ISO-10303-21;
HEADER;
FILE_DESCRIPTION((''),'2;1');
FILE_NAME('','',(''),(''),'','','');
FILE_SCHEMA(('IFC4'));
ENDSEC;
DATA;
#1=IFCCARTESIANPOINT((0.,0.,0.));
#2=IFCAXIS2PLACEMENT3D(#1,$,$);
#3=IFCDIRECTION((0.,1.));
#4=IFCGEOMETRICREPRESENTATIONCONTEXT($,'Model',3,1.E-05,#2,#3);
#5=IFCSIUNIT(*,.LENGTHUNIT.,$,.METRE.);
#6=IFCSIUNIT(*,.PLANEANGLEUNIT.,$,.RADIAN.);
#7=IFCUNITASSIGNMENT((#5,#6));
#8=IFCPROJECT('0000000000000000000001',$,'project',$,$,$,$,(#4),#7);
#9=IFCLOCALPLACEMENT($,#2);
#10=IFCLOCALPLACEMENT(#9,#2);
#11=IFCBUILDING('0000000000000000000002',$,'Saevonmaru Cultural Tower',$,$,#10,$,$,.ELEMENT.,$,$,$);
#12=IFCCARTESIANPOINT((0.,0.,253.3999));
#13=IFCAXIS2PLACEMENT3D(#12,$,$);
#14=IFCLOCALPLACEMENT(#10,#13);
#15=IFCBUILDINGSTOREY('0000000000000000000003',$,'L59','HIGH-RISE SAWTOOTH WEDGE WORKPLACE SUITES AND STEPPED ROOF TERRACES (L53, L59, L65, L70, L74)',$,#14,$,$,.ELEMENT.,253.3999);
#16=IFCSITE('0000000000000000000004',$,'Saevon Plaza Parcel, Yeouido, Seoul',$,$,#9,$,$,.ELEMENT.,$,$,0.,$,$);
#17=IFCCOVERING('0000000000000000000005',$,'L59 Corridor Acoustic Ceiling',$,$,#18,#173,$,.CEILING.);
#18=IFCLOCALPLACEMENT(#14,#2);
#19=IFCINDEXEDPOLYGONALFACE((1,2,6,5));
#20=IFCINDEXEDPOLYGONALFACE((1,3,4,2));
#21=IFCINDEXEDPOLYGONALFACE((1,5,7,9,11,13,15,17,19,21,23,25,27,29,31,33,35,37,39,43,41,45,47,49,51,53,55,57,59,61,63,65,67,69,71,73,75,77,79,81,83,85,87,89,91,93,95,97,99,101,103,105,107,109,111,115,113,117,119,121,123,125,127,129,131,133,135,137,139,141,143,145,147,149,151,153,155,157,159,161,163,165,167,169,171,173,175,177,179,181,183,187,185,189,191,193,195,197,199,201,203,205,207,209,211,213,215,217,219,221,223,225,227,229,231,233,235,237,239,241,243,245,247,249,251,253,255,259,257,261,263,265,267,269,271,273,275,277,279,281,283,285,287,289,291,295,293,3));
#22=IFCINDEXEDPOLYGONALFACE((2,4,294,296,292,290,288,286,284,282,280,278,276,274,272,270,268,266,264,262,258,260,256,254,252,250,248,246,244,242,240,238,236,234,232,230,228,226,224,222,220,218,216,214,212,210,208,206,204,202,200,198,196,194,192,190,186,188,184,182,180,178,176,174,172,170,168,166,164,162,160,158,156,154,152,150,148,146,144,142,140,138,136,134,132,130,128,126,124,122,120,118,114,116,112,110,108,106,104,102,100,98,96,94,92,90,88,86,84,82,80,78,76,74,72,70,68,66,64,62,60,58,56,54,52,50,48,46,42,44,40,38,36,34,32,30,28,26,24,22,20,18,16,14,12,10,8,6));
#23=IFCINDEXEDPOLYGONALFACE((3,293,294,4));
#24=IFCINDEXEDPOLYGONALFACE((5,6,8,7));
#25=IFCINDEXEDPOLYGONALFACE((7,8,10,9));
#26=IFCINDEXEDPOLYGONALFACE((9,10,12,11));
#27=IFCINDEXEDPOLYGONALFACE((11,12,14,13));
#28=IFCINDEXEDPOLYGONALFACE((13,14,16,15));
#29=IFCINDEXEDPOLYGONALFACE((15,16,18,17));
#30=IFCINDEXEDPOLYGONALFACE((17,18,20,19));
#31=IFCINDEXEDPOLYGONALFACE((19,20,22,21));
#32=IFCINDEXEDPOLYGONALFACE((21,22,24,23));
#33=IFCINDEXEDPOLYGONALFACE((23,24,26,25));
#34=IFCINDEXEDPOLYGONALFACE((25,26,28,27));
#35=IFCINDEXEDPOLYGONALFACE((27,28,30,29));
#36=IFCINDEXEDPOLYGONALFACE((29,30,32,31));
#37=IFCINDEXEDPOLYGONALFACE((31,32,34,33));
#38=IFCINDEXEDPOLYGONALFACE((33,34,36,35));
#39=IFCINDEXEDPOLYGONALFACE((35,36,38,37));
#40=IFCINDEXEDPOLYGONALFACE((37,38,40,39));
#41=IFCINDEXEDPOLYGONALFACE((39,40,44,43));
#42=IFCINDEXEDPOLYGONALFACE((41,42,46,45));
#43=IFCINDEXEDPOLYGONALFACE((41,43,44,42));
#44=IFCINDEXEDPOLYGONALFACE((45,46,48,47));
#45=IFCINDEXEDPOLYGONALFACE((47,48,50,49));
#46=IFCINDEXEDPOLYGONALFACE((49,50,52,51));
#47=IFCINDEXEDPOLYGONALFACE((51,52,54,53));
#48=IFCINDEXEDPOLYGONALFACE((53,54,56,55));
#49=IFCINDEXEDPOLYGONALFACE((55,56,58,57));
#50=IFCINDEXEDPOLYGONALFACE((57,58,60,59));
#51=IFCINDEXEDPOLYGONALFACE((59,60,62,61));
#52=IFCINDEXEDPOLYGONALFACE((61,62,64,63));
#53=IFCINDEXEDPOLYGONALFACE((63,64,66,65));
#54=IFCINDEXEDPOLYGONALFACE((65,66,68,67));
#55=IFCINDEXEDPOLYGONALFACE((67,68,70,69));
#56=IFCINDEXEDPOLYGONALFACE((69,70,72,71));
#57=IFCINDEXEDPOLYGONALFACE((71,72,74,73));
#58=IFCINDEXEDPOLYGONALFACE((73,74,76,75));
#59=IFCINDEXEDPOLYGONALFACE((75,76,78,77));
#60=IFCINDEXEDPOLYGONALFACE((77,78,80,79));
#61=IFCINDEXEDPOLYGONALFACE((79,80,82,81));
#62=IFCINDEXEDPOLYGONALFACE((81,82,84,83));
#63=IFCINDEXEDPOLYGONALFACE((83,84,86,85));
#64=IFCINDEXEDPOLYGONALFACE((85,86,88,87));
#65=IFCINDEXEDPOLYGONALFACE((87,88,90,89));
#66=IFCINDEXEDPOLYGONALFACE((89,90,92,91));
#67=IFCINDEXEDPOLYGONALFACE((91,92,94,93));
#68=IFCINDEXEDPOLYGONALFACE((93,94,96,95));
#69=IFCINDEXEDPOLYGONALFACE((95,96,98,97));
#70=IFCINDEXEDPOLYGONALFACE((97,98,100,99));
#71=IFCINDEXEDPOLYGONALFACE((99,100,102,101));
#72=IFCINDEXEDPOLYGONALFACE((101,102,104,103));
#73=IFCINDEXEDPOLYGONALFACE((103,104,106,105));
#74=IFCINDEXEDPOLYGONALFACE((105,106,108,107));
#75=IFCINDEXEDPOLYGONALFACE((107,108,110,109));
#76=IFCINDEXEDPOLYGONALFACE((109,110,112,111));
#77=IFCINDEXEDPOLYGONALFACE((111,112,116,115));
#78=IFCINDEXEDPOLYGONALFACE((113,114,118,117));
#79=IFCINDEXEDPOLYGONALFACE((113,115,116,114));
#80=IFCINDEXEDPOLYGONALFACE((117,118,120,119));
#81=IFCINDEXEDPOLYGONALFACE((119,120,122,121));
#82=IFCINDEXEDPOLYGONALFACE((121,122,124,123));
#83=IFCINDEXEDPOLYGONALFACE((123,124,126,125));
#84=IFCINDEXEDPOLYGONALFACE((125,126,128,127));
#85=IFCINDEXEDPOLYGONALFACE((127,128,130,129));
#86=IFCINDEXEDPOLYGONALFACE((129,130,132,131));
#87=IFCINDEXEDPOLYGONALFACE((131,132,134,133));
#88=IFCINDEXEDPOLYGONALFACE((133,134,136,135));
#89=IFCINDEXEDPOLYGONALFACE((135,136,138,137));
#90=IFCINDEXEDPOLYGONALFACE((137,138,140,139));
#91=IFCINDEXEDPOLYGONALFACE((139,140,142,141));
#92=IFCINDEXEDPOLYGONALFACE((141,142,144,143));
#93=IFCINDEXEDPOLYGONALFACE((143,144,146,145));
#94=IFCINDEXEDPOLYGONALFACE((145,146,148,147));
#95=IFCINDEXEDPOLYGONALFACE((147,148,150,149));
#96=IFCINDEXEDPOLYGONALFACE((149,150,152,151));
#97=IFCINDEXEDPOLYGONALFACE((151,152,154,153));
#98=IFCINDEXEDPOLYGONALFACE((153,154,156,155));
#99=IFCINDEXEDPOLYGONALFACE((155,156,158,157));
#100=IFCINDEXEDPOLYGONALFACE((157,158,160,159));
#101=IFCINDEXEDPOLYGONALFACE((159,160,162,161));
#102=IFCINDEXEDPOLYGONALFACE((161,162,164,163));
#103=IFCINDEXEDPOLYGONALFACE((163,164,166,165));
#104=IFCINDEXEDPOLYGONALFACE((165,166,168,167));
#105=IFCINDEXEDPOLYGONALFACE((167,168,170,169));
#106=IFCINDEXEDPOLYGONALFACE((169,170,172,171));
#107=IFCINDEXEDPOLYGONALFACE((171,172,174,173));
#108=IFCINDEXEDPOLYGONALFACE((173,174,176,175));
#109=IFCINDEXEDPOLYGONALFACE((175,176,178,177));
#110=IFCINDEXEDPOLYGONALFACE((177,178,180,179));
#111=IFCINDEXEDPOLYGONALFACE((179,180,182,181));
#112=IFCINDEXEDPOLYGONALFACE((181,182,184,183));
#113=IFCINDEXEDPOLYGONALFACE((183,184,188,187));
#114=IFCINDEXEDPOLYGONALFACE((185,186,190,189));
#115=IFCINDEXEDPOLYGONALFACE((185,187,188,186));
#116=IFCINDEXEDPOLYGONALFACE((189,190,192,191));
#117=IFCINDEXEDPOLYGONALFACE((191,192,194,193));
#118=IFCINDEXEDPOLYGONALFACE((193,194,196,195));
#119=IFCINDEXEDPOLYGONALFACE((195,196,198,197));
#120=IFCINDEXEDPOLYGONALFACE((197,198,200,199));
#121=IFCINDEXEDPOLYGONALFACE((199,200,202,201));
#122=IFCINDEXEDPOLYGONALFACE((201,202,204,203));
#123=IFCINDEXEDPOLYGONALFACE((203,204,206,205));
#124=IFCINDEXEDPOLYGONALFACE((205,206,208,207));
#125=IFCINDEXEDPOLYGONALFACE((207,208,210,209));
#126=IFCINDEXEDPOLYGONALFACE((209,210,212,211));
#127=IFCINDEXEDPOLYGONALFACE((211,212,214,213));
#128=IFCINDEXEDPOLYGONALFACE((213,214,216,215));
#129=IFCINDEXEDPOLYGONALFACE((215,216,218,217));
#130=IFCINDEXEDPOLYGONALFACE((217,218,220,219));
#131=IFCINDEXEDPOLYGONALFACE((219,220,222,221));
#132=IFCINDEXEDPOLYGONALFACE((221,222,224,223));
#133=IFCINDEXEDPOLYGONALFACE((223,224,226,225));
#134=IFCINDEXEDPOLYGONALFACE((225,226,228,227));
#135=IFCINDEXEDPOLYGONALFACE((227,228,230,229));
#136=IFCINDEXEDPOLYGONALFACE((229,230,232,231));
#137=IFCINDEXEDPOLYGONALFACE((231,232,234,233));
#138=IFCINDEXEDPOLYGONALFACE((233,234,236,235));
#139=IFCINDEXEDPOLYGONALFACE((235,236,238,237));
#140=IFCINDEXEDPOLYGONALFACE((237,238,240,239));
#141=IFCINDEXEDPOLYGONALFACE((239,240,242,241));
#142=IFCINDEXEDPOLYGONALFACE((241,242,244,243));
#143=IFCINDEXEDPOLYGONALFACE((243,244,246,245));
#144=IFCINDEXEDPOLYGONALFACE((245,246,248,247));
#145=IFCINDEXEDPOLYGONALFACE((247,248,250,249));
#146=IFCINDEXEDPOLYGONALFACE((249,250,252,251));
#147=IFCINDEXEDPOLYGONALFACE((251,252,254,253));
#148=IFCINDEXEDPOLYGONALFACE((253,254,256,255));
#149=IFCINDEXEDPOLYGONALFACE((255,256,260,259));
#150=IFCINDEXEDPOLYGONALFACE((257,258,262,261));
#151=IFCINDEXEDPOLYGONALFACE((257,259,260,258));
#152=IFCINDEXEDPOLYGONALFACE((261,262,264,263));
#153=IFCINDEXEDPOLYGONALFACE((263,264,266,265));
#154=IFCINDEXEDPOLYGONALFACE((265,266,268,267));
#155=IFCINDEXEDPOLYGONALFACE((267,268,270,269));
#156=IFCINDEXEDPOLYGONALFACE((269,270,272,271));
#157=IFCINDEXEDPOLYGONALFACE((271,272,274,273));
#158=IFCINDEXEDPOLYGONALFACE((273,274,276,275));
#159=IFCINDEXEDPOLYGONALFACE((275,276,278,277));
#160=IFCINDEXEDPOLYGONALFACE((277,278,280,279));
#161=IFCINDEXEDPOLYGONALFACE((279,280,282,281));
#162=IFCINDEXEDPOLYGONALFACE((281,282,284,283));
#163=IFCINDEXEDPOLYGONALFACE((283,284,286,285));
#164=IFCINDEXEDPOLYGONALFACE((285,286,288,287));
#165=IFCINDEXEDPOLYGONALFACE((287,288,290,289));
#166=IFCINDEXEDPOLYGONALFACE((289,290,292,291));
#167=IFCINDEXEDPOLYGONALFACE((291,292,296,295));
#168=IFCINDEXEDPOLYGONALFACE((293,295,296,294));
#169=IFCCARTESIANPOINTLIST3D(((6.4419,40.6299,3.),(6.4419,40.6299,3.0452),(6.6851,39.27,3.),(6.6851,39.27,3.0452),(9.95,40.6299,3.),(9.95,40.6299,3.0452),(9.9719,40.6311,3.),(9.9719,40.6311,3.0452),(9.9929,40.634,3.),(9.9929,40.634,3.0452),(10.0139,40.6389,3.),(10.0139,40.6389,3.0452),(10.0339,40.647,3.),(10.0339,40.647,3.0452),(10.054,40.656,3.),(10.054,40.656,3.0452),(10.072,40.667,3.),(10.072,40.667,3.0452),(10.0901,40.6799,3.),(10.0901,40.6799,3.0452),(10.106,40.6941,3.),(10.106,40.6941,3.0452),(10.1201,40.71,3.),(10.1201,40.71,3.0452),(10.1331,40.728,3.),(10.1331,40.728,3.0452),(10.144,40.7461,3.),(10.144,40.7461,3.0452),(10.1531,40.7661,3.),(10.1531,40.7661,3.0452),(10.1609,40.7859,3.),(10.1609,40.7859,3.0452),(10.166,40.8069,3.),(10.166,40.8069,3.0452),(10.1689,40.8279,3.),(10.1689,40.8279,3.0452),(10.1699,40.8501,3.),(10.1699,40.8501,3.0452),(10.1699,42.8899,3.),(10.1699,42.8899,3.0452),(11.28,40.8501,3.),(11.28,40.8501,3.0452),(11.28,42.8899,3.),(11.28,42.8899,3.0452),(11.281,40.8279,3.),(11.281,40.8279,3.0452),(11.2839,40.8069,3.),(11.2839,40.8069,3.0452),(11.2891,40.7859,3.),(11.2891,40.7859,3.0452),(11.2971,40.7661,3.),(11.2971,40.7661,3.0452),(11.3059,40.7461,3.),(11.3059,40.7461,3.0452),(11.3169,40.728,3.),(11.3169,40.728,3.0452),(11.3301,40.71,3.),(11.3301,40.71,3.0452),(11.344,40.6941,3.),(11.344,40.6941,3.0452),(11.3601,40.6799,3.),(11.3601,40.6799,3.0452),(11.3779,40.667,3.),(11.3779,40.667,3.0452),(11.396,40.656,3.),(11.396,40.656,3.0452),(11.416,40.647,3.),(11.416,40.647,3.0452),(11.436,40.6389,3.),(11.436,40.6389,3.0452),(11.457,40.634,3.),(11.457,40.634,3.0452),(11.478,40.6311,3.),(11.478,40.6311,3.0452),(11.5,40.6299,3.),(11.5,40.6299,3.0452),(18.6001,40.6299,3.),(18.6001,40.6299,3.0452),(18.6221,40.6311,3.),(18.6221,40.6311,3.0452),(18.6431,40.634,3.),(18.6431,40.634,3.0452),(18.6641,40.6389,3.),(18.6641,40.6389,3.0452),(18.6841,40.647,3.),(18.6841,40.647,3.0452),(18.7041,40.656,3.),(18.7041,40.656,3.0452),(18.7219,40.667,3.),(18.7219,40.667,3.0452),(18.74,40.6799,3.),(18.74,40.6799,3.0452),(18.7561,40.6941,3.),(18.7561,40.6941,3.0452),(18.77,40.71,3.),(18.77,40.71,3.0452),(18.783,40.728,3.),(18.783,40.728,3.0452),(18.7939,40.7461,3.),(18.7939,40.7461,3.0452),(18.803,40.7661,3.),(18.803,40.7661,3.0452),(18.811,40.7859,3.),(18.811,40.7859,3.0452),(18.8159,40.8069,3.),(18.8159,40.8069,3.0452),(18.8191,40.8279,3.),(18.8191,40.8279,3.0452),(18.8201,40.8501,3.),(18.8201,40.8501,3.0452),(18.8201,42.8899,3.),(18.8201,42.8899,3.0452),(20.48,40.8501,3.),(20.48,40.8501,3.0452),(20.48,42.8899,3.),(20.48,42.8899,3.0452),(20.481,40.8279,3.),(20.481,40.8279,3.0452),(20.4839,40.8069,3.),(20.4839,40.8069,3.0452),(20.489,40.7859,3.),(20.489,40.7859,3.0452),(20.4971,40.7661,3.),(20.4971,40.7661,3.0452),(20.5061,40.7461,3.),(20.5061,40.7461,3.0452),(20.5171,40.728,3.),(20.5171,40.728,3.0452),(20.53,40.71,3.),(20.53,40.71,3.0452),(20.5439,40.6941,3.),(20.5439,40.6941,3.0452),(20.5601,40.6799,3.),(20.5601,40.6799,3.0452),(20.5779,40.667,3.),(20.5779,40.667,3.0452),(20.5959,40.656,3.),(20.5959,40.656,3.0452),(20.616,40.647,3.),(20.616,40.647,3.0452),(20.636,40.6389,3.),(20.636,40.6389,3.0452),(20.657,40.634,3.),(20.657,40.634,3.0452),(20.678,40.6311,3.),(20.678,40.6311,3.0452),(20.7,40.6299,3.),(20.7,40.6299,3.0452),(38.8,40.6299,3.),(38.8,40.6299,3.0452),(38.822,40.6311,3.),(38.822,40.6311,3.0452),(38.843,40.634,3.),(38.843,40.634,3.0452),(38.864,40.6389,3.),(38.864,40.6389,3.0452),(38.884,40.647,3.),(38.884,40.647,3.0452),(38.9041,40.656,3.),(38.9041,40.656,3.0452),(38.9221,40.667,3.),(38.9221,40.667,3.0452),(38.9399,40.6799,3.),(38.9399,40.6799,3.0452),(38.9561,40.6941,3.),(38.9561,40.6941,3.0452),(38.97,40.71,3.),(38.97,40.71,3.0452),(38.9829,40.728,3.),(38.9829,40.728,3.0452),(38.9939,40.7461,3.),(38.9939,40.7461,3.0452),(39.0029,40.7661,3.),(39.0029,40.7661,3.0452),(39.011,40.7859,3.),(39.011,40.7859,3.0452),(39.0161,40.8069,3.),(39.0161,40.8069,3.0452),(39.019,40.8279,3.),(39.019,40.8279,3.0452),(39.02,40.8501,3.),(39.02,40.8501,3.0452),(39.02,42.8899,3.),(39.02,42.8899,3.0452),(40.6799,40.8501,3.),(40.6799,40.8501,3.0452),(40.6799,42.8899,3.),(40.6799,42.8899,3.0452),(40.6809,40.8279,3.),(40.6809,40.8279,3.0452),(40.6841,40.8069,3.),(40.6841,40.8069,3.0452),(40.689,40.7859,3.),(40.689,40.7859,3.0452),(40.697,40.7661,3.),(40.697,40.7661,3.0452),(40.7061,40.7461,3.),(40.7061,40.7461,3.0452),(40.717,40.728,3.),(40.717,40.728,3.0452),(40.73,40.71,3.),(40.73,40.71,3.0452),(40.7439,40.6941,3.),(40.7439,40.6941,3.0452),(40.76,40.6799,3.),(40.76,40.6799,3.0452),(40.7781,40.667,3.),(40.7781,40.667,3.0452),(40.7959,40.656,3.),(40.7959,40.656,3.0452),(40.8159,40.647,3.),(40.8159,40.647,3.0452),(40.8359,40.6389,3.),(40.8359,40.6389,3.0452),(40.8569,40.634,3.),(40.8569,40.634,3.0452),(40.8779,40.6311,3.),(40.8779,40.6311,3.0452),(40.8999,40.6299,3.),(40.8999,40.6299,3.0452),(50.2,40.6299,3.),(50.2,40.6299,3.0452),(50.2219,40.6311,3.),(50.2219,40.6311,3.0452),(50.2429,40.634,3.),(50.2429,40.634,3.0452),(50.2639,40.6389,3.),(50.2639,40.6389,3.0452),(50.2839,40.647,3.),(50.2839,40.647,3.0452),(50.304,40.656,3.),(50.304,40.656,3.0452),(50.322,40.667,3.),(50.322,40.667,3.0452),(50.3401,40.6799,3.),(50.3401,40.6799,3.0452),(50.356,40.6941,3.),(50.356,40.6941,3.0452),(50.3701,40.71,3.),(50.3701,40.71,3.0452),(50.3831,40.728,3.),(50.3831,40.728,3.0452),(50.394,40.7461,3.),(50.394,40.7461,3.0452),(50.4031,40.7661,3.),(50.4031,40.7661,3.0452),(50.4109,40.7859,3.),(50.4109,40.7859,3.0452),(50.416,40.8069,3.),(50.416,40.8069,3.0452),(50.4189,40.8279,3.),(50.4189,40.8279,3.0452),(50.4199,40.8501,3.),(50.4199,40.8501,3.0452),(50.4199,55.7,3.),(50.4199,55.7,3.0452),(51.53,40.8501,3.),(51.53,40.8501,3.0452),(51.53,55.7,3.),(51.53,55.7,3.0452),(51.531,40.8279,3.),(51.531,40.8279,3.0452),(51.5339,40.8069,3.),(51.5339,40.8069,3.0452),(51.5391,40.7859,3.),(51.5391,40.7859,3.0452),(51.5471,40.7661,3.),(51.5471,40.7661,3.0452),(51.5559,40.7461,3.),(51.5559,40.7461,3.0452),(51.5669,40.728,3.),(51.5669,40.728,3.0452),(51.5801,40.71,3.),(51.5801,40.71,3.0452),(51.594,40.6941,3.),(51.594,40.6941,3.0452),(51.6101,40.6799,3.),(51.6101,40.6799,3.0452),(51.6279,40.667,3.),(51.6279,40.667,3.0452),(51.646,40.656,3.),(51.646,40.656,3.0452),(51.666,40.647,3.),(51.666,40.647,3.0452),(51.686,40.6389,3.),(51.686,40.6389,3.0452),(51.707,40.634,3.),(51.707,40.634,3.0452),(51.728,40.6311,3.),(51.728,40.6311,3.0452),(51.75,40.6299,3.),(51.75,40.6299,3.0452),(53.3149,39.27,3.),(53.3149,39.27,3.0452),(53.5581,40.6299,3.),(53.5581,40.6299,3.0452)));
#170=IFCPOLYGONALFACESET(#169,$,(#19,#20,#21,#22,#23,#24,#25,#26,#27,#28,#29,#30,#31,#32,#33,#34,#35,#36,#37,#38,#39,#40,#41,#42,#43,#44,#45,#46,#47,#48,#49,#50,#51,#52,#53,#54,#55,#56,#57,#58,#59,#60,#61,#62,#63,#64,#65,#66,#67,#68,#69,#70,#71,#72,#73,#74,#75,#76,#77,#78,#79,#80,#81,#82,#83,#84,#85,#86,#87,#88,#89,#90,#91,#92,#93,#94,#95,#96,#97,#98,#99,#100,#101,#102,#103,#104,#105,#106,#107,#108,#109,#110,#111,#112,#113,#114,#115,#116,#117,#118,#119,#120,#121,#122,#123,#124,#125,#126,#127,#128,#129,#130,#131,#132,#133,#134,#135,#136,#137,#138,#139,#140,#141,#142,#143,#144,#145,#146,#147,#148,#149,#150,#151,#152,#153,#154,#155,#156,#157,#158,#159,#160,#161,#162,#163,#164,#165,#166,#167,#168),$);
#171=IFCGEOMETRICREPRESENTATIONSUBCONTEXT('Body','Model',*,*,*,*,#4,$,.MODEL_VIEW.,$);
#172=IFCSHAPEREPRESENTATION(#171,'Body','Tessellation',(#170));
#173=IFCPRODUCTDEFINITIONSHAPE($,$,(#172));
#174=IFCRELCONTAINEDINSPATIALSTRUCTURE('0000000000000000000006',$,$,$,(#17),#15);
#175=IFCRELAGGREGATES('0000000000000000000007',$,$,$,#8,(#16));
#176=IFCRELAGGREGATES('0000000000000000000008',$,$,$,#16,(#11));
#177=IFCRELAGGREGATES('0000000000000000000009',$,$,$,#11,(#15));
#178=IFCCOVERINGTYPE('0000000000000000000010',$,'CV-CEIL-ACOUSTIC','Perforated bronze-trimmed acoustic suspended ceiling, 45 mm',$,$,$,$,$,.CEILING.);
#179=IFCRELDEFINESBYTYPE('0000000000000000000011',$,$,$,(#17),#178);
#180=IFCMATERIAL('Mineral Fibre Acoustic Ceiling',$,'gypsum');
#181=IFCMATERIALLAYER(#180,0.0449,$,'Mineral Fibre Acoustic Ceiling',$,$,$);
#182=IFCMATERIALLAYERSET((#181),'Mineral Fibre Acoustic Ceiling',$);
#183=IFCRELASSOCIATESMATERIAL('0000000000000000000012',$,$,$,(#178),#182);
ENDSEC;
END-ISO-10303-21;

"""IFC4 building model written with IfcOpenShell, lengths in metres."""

from ifc_helpers import new_model, si_unit, direction, frame, origin, place, context, subcontext, project, spatial, polyline, outline, extrude, material, layer, layer_set, type_object, element, save


model = new_model("IFC4")

# Units and contexts
model_context = context("Model", 3, precision=1e-05, world=origin(), true_north=direction((0.0, 1.0)))
body_context = subcontext(model_context, "Body", "Model", "MODEL_VIEW")
ifc_project = project(units=[si_unit("LENGTHUNIT", "METRE"), si_unit("PLANEANGLEUNIT", "RADIAN")], contexts=[model_context])

# Site, building, storey
site_placement = place(None, origin())
site = spatial("IfcSite", under=ifc_project, at=site_placement, Name="Saevon Plaza Parcel, Yeouido, Seoul", CompositionType="ELEMENT", RefElevation=0.0)
building_placement = place(site_placement, origin())
building = spatial("IfcBuilding", under=site, at=building_placement, Name="Saevonmaru Cultural Tower", CompositionType="ELEMENT")
storey_placement = place(building_placement, frame((0.0, 0.0, 253.3999)))
storey = spatial("IfcBuildingStorey", under=building, at=storey_placement, Name="L59", Description="HIGH-RISE SAWTOOTH WEDGE WORKPLACE SUITES AND STEPPED ROOF TERRACES (L53, L59, L65, L70, L74)", CompositionType="ELEMENT", Elevation=253.3999)

# Covering
ifc_material_1 = material(Name="Mineral Fibre Acoustic Ceiling", Category="gypsum")
ifc_layer_1 = layer(ifc_material_1, 0.0449, Name="Mineral Fibre Acoustic Ceiling")
ifc_layer_set_1 = layer_set([ifc_layer_1], Name="Mineral Fibre Acoustic Ceiling")
covering_type_1 = type_object("IfcCoveringType", Name="CV-CEIL-ACOUSTIC", Description="Perforated bronze-trimmed acoustic suspended ceiling, 45 mm", PredefinedType="CEILING", material=ifc_layer_set_1)
covering_1_placement = place(storey_placement, frame((0.0, 0.0, 3.0)))
element("IfcCovering", 1, at=covering_1_placement, inside=storey, type_object=covering_type_1, Name="L59 Corridor Acoustic Ceiling", PredefinedType="CEILING", context=body_context, shape_type="SweptSolid", body=[
    extrude(outline(polyline([(6.6851, 39.27), (6.4419, 40.6299), (9.95, 40.6299), (9.9719, 40.6311), (9.9929, 40.634), (10.0139, 40.6389), (10.0339, 40.647), (10.054, 40.656), (10.072, 40.667), (10.0901, 40.6799), (10.106, 40.6941), (10.1201, 40.71), (10.1331, 40.728), (10.144, 40.7461), (10.1531, 40.7661), (10.1609, 40.7859), (10.166, 40.8069), (10.1689, 40.8279), (10.1699, 40.8501), (10.1699, 42.8899), (11.28, 42.8899), (11.28, 40.8501), (11.281, 40.8279), (11.2839, 40.8069), (11.2891, 40.7859), (11.2971, 40.7661), (11.3059, 40.7461), (11.3169, 40.728), (11.3301, 40.71), (11.344, 40.6941), (11.3601, 40.6799), (11.3779, 40.667), (11.396, 40.656), (11.416, 40.647), (11.436, 40.6389), (11.457, 40.634), (11.478, 40.6311), (11.5, 40.6299), (18.6001, 40.6299), (18.6221, 40.6311), (18.6431, 40.634), (18.6641, 40.6389), (18.6841, 40.647), (18.7041, 40.656), (18.7219, 40.667), (18.74, 40.6799), (18.7561, 40.6941), (18.77, 40.71), (18.783, 40.728), (18.7939, 40.7461), (18.803, 40.7661), (18.811, 40.7859), (18.8159, 40.8069), (18.8191, 40.8279), (18.8201, 40.8501), (18.8201, 42.8899), (20.48, 42.8899), (20.48, 40.8501), (20.481, 40.8279), (20.4839, 40.8069), (20.489, 40.7859), (20.4971, 40.7661), (20.5061, 40.7461), (20.5171, 40.728), (20.53, 40.71), (20.5439, 40.6941), (20.5601, 40.6799), (20.5779, 40.667), (20.5959, 40.656), (20.616, 40.647), (20.636, 40.6389), (20.657, 40.634), (20.678, 40.6311), (20.7, 40.6299), (38.8, 40.6299), (38.822, 40.6311), (38.843, 40.634), (38.864, 40.6389), (38.884, 40.647), (38.9041, 40.656), (38.9221, 40.667), (38.9399, 40.6799), (38.9561, 40.6941), (38.97, 40.71), (38.9829, 40.728), (38.9939, 40.7461), (39.0029, 40.7661), (39.011, 40.7859), (39.0161, 40.8069), (39.019, 40.8279), (39.02, 40.8501), (39.02, 42.8899), (40.6799, 42.8899), (40.6799, 40.8501), (40.6809, 40.8279), (40.6841, 40.8069), (40.689, 40.7859), (40.697, 40.7661), (40.7061, 40.7461), (40.717, 40.728), (40.73, 40.71), (40.7439, 40.6941), (40.76, 40.6799), (40.7781, 40.667), (40.7959, 40.656), (40.8159, 40.647), (40.8359, 40.6389), (40.8569, 40.634), (40.8779, 40.6311), (40.8999, 40.6299), (50.2, 40.6299), (50.2219, 40.6311), (50.2429, 40.634), (50.2639, 40.6389), (50.2839, 40.647), (50.304, 40.656), (50.322, 40.667), (50.3401, 40.6799), (50.356, 40.6941), (50.3701, 40.71), (50.3831, 40.728), (50.394, 40.7461), (50.4031, 40.7661), (50.4109, 40.7859), (50.416, 40.8069), (50.4189, 40.8279), (50.4199, 40.8501), (50.4199, 55.7), (51.53, 55.7), (51.53, 40.8501), (51.531, 40.8279), (51.5339, 40.8069), (51.5391, 40.7859), (51.5471, 40.7661), (51.5559, 40.7461), (51.5669, 40.728), (51.5801, 40.71), (51.594, 40.6941), (51.6101, 40.6799), (51.6279, 40.667), (51.646, 40.656), (51.666, 40.647), (51.686, 40.6389), (51.707, 40.634), (51.728, 40.6311), (51.75, 40.6299), (53.5581, 40.6299), (53.3149, 39.27), (6.6851, 39.27)])), origin(), (0.0, 0.0, 1.0), 0.0452),
])

save(model, "model.ifc")
